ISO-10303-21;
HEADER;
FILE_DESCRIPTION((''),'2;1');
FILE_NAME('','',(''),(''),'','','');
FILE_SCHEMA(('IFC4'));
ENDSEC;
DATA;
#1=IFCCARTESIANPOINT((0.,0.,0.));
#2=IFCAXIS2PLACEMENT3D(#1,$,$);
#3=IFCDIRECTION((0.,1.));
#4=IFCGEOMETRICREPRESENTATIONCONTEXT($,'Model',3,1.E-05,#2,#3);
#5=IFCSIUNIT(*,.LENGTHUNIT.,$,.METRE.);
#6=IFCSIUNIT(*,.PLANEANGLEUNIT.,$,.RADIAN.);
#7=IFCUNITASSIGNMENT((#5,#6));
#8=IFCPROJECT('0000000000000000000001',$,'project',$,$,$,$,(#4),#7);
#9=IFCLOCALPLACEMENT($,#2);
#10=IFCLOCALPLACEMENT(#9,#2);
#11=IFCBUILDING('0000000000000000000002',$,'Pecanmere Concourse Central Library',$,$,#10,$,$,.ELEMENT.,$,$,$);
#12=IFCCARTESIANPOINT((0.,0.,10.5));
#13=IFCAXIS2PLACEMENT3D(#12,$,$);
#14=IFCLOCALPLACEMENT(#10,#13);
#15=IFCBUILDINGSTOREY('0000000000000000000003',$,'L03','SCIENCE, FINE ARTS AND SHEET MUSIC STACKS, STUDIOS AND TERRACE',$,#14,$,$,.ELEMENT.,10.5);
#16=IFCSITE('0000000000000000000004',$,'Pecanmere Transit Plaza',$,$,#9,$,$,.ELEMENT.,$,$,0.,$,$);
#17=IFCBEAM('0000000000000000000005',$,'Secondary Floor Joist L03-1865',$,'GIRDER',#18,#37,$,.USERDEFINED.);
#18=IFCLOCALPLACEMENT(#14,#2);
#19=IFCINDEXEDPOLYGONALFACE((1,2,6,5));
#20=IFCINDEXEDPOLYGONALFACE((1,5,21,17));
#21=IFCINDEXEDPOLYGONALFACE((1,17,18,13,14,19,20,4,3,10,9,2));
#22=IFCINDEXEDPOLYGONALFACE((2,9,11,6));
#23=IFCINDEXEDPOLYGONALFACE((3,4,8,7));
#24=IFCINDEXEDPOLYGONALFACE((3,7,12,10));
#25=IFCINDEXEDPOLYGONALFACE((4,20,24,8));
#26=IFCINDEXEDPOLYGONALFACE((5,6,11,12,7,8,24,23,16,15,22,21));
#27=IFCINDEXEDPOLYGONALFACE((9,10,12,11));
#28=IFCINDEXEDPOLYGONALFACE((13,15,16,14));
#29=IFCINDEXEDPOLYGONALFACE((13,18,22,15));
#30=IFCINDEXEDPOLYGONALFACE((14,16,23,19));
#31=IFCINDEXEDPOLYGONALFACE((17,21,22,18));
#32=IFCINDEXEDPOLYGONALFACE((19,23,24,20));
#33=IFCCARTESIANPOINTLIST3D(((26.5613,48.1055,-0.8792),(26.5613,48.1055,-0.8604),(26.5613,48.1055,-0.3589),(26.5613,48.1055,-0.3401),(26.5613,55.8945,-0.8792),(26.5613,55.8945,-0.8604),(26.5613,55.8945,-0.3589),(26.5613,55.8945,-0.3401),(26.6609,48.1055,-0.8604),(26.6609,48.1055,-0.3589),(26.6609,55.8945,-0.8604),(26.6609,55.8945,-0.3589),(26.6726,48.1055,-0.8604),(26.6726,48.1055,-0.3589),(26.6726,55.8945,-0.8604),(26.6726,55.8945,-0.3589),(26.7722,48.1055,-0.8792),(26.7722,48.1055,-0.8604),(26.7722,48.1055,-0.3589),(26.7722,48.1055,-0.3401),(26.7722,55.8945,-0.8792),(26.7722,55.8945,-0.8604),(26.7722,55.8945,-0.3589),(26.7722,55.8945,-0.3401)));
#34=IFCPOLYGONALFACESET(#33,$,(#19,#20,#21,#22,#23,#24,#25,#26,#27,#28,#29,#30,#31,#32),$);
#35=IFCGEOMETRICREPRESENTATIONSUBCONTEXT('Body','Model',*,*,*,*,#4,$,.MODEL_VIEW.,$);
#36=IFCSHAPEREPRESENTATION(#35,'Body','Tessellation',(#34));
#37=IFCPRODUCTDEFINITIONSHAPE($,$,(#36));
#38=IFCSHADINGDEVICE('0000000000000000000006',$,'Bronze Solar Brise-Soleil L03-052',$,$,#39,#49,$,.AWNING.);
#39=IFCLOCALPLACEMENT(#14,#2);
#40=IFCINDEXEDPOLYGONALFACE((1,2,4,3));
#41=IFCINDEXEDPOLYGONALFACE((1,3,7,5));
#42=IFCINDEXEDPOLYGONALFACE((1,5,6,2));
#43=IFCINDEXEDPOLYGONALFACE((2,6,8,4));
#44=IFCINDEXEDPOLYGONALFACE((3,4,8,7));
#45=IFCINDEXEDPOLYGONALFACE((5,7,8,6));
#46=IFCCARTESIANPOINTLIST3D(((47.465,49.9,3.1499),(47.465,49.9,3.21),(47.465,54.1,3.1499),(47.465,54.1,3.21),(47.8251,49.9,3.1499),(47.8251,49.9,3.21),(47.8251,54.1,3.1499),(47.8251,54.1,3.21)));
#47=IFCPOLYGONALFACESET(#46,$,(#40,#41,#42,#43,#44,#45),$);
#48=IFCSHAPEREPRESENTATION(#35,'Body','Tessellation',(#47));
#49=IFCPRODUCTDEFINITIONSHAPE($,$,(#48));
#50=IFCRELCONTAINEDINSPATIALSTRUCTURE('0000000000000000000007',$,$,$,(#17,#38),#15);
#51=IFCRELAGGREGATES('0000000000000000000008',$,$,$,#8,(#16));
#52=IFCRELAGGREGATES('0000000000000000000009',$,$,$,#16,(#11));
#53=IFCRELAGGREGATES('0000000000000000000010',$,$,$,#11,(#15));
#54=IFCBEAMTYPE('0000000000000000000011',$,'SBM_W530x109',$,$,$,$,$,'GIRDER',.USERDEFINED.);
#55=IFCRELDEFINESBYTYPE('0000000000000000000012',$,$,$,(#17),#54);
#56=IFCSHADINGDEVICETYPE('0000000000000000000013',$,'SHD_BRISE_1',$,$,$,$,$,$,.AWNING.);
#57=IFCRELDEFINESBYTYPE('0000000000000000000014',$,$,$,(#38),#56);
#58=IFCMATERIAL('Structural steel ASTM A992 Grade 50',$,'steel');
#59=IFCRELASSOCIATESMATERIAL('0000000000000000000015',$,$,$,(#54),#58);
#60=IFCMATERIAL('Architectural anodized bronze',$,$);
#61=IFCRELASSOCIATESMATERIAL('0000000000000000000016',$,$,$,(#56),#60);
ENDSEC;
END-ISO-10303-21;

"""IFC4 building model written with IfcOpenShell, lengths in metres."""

from ifc_helpers import new_model, si_unit, direction, frame, origin, origin_2d, place, context, subcontext, project, spatial, rectangle, i_section, extrude, material, material_profile, profile_set, type_object, element, save


model = new_model("IFC4")

# Units and contexts
model_context = context("Model", 3, precision=1e-05, world=origin(), true_north=direction((0.0, 1.0)))
body_context = subcontext(model_context, "Body", "Model", "MODEL_VIEW")
ifc_project = project(units=[si_unit("LENGTHUNIT", "METRE"), si_unit("PLANEANGLEUNIT", "RADIAN")], contexts=[model_context])

# Site, building, storey
site_placement = place(None, origin())
site = spatial("IfcSite", under=ifc_project, at=site_placement, Name="Pecanmere Transit Plaza", CompositionType="ELEMENT", RefElevation=0.0)
building_placement = place(site_placement, origin())
building = spatial("IfcBuilding", under=site, at=building_placement, Name="Pecanmere Concourse Central Library", CompositionType="ELEMENT")
storey_placement = place(building_placement, frame((0.0, 0.0, 10.5)))
storey = spatial("IfcBuildingStorey", under=building, at=storey_placement, Name="L03", Description="SCIENCE, FINE ARTS AND SHEET MUSIC STACKS, STUDIOS AND TERRACE", CompositionType="ELEMENT", Elevation=10.5)

# Beam
ifc_material_1 = material(Name="Structural steel ASTM A992 Grade 50", Category="steel")
ifc_material_profile_1 = material_profile(ifc_material_1, i_section(OverallWidth=0.2109, OverallDepth=0.5391, WebThickness=0.0117, FlangeThickness=0.0188, at=origin_2d()), Name="W530x109")
ifc_profile_set_1 = profile_set([ifc_material_profile_1], Name="Structural steel ASTM A992 Grade 50")
beam_type_1 = type_object("IfcBeamType", Name="SBM_W530x109", ElementType="GIRDER", PredefinedType="USERDEFINED", material=ifc_profile_set_1)
beam_1_placement = place(storey_placement, frame((26.6667, 48.1055, -0.6096), z_axis=(0.0, 1.0, 0.0), x_axis=(-1.0, 0.0, 0.0)))
element("IfcBeam", 1, at=beam_1_placement, inside=storey, type_object=beam_type_1, Name="Secondary Floor Joist L03-1865", ObjectType="GIRDER", PredefinedType="USERDEFINED", context=body_context, shape_type="SweptSolid", body=[
    extrude(i_section(OverallWidth=0.2109, OverallDepth=0.5391, WebThickness=0.0117, FlangeThickness=0.0188, at=origin_2d()), origin(), (0.0, 0.0, 1.0), 7.7891),
])

# Shading device
ifc_material_2 = material(Name="Architectural anodized bronze")
shading_device_type = type_object("IfcShadingDeviceType", Name="SHD_BRISE_1", PredefinedType="AWNING", material=ifc_material_2)
shading_device_placement = place(storey_placement, frame((47.645, 52.0, 3.1499), z_axis=(0.0, 0.0, 1.0), x_axis=(0.0, -1.0, 0.0)))
element("IfcShadingDevice", 2, at=shading_device_placement, inside=storey, type_object=shading_device_type, Name="Bronze Solar Brise-Soleil L03-052", PredefinedType="AWNING", context=body_context, shape_type="SweptSolid", body=[
    extrude(rectangle(XDim=4.2, YDim=0.3601, at=origin_2d()), origin(), (0.0, 0.0, 1.0), 0.0601),
])

save(model, "model.ifc")
